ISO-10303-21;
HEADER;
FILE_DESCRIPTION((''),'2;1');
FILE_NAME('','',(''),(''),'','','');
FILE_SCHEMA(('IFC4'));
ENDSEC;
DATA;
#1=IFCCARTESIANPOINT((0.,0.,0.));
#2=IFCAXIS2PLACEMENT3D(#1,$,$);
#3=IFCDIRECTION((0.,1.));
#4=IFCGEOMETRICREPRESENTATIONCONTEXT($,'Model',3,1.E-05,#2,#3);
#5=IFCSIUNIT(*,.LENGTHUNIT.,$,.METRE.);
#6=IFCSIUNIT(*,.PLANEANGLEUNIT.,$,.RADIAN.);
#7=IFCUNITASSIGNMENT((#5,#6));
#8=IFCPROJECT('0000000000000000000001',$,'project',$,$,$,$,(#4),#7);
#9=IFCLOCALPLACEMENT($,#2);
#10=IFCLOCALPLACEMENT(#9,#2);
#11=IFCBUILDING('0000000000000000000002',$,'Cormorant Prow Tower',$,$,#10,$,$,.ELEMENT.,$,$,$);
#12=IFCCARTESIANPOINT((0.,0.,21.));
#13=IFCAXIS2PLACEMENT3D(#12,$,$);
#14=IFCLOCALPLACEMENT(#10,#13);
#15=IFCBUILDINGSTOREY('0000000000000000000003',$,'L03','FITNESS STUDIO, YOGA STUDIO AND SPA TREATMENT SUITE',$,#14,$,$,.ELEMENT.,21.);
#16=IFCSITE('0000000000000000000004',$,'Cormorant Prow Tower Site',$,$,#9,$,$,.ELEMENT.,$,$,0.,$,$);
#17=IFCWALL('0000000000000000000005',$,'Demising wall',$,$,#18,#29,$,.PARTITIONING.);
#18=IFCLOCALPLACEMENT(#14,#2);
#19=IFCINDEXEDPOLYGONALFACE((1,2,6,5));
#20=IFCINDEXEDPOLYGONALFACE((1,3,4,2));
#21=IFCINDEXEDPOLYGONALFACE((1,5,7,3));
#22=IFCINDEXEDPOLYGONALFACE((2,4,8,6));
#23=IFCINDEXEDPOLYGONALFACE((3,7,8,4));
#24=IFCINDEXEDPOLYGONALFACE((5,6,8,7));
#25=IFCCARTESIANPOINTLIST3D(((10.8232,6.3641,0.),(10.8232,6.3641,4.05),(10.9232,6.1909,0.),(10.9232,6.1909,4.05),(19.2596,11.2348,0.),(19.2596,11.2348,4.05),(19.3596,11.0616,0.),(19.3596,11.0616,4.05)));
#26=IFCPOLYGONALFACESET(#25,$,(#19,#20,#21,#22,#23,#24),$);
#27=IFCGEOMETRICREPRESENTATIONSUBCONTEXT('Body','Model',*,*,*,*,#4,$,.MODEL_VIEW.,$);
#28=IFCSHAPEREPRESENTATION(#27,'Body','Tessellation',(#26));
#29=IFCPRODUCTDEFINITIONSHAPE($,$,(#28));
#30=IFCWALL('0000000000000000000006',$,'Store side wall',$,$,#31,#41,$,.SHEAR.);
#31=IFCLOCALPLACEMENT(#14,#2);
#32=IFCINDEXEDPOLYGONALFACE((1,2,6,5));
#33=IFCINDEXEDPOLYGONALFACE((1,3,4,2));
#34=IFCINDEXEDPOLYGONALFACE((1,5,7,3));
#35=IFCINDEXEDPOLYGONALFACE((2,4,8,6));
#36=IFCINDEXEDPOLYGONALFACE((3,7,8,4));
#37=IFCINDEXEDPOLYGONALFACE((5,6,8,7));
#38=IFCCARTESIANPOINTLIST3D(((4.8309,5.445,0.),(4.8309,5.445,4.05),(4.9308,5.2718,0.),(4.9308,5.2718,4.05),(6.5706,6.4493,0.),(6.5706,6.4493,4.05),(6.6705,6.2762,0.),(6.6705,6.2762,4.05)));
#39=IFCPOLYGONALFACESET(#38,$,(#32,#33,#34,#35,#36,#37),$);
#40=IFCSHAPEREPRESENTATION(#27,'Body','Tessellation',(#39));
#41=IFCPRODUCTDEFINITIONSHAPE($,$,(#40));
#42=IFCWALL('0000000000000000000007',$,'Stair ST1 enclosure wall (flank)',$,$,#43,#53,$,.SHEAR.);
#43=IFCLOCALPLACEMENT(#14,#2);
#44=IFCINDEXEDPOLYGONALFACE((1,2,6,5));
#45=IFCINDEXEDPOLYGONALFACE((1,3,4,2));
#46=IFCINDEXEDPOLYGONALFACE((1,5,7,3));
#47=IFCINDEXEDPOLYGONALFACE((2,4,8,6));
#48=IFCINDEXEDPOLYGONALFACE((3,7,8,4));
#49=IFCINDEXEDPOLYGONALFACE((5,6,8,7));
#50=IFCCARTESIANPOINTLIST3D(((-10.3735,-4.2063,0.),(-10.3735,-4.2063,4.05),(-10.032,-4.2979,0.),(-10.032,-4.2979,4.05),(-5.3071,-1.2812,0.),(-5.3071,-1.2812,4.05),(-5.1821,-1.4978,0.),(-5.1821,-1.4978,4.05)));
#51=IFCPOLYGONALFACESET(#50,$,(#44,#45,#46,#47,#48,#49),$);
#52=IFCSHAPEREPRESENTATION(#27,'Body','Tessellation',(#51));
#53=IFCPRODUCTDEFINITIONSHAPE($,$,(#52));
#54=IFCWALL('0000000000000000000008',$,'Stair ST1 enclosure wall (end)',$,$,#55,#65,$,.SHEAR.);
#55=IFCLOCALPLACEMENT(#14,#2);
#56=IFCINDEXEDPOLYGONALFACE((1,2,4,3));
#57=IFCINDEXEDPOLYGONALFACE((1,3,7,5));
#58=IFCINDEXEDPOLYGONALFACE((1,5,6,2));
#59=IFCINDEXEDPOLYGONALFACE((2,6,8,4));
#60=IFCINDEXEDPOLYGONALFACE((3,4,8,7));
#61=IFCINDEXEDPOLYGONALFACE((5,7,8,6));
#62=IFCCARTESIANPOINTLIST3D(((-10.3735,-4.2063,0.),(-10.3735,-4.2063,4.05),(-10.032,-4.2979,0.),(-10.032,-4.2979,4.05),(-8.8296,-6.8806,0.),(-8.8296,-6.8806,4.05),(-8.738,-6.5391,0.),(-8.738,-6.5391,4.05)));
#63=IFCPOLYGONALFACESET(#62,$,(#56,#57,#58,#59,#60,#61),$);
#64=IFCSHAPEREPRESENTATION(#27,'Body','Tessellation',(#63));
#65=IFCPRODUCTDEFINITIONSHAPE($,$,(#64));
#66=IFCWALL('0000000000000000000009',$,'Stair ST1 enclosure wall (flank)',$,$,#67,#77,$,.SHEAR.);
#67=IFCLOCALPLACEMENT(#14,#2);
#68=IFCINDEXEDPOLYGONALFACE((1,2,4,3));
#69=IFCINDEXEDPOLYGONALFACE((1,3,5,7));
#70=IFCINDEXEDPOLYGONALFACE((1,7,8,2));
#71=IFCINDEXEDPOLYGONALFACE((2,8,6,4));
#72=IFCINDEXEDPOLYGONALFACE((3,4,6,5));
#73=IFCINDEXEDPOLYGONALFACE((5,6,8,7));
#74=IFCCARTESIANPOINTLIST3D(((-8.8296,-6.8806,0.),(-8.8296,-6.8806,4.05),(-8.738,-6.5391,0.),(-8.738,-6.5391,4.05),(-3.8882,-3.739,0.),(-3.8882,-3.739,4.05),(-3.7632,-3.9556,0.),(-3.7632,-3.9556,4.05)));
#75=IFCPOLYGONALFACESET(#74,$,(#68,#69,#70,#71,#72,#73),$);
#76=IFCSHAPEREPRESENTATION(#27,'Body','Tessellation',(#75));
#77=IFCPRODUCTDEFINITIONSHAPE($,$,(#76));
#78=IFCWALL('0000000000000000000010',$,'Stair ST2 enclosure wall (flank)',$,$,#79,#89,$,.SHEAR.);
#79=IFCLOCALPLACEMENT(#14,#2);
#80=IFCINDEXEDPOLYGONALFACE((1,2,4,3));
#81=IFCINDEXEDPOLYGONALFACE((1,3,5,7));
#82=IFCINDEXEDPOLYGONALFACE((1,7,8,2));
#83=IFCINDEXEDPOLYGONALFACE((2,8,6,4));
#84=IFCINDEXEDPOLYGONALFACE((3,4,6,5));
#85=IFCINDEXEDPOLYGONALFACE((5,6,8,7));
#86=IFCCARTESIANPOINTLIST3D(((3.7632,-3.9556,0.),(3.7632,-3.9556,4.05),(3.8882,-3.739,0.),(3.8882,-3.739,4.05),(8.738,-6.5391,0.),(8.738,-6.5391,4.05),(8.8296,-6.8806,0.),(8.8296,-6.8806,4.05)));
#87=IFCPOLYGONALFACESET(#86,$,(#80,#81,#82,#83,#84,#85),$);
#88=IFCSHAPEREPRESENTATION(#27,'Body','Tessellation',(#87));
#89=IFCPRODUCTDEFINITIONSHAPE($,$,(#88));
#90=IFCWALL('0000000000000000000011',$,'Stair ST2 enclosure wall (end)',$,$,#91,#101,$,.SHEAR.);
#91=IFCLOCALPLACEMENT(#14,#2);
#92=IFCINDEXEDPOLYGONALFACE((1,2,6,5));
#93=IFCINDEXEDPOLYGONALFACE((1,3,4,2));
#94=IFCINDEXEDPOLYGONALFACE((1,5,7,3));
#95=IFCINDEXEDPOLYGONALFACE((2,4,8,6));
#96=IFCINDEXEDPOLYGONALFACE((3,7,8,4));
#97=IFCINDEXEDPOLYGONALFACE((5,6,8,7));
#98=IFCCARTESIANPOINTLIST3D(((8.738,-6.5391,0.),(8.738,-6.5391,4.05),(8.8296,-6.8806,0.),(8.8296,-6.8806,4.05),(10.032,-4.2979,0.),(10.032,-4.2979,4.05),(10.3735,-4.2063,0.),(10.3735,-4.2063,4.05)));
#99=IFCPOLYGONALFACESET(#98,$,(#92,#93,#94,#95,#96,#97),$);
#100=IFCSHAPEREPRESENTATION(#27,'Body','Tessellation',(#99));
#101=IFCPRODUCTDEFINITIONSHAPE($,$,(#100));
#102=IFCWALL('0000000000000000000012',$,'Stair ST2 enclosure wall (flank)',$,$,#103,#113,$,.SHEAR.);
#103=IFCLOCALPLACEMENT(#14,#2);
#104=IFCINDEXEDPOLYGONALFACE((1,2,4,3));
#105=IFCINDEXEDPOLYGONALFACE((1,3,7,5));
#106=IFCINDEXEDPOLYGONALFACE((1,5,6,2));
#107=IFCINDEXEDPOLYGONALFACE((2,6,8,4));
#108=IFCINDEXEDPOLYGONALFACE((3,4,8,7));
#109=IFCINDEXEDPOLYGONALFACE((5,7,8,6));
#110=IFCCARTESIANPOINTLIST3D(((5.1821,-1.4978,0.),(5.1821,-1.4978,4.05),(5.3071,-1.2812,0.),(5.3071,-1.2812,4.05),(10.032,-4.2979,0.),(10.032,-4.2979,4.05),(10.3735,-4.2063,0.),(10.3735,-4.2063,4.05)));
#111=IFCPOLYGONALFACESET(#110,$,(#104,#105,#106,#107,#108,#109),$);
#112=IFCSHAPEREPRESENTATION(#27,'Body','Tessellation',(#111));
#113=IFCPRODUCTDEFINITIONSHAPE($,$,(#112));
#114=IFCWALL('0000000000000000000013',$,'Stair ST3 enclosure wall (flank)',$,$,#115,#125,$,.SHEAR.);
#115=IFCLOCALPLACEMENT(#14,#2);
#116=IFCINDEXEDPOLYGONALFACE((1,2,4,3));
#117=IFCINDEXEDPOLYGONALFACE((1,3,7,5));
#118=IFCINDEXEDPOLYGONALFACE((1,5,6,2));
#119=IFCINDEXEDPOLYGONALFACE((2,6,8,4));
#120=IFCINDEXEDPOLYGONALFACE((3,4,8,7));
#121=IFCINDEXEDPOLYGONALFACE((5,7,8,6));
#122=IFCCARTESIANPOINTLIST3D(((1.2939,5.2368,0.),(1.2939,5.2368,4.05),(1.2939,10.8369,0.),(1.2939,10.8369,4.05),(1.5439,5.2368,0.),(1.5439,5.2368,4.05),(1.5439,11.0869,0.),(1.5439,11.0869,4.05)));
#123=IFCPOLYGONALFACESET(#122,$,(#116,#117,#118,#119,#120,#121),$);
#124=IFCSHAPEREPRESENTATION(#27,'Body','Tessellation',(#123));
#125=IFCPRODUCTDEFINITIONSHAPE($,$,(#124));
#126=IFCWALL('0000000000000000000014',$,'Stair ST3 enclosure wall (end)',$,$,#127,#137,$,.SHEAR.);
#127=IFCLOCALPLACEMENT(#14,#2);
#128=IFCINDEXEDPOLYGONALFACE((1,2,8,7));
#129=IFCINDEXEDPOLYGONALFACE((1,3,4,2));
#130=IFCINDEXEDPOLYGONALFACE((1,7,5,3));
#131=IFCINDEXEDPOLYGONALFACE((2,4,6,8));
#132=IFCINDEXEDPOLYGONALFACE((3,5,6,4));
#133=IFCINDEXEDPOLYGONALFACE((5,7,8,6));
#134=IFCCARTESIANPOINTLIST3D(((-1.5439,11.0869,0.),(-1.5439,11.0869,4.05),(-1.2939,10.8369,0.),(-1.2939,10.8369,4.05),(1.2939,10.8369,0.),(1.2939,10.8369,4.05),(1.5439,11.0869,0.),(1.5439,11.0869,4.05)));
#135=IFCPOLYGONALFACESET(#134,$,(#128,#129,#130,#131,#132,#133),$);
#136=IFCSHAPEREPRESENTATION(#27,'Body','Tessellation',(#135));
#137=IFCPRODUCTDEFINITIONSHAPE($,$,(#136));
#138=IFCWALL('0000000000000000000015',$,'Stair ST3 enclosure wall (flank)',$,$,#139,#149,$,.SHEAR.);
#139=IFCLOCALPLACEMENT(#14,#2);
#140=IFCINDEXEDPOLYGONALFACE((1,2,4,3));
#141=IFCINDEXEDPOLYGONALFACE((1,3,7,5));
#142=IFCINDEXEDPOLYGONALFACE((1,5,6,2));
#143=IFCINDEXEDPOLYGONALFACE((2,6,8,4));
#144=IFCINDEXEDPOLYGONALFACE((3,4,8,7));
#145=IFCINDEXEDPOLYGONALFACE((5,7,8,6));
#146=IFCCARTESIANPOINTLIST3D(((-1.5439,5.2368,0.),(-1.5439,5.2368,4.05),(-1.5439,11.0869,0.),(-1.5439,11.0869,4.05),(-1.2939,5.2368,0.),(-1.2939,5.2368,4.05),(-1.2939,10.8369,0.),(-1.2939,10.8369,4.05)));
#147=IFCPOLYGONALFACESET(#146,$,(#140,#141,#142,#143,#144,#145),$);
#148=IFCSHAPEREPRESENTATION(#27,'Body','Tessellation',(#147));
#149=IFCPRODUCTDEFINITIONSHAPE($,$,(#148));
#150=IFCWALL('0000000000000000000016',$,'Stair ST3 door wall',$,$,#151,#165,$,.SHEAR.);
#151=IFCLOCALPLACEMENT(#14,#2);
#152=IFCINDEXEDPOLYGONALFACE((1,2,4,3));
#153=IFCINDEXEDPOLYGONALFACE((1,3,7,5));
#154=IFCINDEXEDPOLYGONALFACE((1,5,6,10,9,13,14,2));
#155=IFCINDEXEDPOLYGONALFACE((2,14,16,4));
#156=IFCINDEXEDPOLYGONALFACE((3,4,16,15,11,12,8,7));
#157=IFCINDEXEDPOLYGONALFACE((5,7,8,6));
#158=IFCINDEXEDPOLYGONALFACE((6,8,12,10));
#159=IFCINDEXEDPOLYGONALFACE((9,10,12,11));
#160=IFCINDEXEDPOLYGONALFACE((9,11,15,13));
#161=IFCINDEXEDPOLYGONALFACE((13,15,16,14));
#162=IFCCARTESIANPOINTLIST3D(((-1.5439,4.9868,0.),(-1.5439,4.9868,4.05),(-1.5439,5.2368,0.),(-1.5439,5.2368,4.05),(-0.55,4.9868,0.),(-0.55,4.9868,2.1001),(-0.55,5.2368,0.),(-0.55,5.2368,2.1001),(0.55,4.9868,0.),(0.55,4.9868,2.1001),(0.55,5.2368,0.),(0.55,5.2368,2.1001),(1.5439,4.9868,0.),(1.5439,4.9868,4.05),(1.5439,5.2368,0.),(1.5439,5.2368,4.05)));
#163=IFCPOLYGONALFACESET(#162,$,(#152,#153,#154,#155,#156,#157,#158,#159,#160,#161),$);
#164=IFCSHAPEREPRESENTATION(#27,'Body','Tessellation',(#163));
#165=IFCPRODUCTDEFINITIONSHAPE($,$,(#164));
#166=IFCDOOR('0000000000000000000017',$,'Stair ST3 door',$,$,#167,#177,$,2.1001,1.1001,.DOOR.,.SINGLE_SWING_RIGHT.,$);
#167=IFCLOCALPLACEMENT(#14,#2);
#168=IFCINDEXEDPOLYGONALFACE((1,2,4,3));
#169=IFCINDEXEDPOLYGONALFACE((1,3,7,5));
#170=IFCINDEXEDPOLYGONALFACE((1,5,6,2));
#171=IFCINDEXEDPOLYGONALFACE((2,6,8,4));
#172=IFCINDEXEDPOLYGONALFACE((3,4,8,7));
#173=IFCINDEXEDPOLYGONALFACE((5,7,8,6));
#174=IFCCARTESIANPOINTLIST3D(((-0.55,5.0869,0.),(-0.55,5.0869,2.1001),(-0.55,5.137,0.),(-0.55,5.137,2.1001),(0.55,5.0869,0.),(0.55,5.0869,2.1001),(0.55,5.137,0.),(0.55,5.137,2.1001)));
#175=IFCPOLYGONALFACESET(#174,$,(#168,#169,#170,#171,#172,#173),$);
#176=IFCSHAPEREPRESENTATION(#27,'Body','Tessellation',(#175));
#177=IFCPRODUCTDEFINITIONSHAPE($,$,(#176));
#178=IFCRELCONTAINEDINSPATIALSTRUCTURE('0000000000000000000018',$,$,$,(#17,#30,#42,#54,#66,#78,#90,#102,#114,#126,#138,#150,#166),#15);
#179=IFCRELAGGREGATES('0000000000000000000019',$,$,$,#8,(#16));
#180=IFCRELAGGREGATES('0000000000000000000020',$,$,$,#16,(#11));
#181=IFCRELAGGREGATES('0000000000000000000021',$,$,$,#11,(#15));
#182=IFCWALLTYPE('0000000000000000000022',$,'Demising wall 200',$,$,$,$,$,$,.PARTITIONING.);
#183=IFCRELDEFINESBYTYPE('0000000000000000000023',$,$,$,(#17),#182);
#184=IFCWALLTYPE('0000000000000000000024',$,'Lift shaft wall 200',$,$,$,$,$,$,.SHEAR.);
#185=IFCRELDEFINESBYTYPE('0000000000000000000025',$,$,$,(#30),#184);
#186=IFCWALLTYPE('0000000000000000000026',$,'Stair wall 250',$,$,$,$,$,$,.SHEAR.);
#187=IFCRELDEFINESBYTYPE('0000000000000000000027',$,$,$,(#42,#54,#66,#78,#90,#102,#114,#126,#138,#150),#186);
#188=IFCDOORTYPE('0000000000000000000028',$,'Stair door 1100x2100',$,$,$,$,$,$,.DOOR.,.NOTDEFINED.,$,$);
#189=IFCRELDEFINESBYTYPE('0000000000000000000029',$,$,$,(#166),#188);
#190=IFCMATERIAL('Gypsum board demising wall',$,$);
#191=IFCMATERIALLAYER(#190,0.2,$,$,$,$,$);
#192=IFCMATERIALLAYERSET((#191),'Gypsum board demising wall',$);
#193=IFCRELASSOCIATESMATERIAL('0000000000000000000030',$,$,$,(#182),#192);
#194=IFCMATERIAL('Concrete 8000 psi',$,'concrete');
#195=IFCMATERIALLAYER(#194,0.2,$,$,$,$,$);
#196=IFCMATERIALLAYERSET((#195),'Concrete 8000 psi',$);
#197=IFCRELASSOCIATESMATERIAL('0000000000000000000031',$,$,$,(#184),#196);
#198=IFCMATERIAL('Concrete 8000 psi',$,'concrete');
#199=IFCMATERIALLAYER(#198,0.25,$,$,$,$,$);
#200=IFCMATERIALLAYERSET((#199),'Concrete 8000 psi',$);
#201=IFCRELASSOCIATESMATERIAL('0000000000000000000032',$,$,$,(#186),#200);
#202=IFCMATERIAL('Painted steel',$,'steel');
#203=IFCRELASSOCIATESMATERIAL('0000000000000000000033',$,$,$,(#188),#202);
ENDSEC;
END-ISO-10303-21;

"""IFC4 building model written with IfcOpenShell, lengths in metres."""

from ifc_helpers import new_model, si_unit, direction, frame, frame_2d, origin, place, context, subcontext, project, spatial, polyline, rectangle, outline, extrude, material, layer, layer_set, type_object, element, fill, save


model = new_model("IFC4")

# Units and contexts
model_context = context("Model", 3, precision=1e-05, world=origin(), true_north=direction((0.0, 1.0)))
body_context = subcontext(model_context, "Body", "Model", "MODEL_VIEW")
ifc_project = project(units=[si_unit("LENGTHUNIT", "METRE"), si_unit("PLANEANGLEUNIT", "RADIAN")], contexts=[model_context])

# Site, building, storey
site_placement = place(None, origin())
site = spatial("IfcSite", under=ifc_project, at=site_placement, Name="Cormorant Prow Tower Site", CompositionType="ELEMENT", RefElevation=0.0)
building_placement = place(site_placement, origin())
building = spatial("IfcBuilding", under=site, at=building_placement, Name="Cormorant Prow Tower", CompositionType="ELEMENT")
storey_placement = place(building_placement, frame((0.0, 0.0, 21.0)))
storey = spatial("IfcBuildingStorey", under=building, at=storey_placement, Name="L03", Description="FITNESS STUDIO, YOGA STUDIO AND SPA TREATMENT SUITE", CompositionType="ELEMENT", Elevation=21.0)

# Walls
ifc_material_1 = material(Name="Gypsum board demising wall")
ifc_layer_1 = layer(ifc_material_1, 0.2)
ifc_layer_set_1 = layer_set([ifc_layer_1], Name="Gypsum board demising wall")
wall_type_1 = type_object("IfcWallType", Name="Demising wall 200", PredefinedType="PARTITIONING", material=ifc_layer_set_1)
wall_1_placement = place(storey_placement, frame((10.8733, 6.2776, 0.0), z_axis=(0.0, 0.0, 1.0), x_axis=(0.866029, 0.499994, 0.0)))
element("IfcWall", 1, at=wall_1_placement, inside=storey, type_object=wall_type_1, Name="Demising wall", PredefinedType="PARTITIONING", context=body_context, shape_type="SweptSolid", body=[
    extrude(rectangle(XDim=9.7415, YDim=0.2, at=frame_2d((4.8706, 0.0))), origin(), (0.0, 0.0, 1.0), 4.05),
])
ifc_material_2 = material(Name="Concrete 8000 psi", Category="concrete")
ifc_layer_2 = layer(ifc_material_2, 0.2)
ifc_layer_set_2 = layer_set([ifc_layer_2], Name="Concrete 8000 psi")
wall_type_2 = type_object("IfcWallType", Name="Lift shaft wall 200", PredefinedType="SHEAR", material=ifc_layer_set_2)
wall_2_placement = place(storey_placement, frame((4.8809, 5.3584, 0.0), z_axis=(0.0, 0.0, 1.0), x_axis=(0.866036, 0.499982, 0.0)))
element("IfcWall", 2, at=wall_2_placement, inside=storey, type_object=wall_type_2, Name="Store side wall", PredefinedType="SHEAR", context=body_context, shape_type="SweptSolid", body=[
    extrude(rectangle(XDim=2.0088, YDim=0.2, at=frame_2d((1.0044, 0.0))), origin(), (0.0, 0.0, 1.0), 4.05),
])
ifc_material_3 = material(Name="Concrete 8000 psi", Category="concrete")
ifc_layer_3 = layer(ifc_material_3, 0.25)
ifc_layer_set_3 = layer_set([ifc_layer_3], Name="Concrete 8000 psi")
wall_type_3 = type_object("IfcWallType", Name="Stair wall 250", PredefinedType="SHEAR", material=ifc_layer_set_3)
wall_3_placement = place(storey_placement, origin())
element("IfcWall", 3, at=wall_3_placement, inside=storey, type_object=wall_type_3, Name="Stair ST1 enclosure wall (flank)", PredefinedType="SHEAR", context=body_context, shape_type="SweptSolid", body=[
    extrude(outline(polyline([(-5.3071, -1.2812), (-10.3735, -4.2063), (-10.032, -4.2979), (-5.1821, -1.4978), (-5.3071, -1.2812)])), origin(), (0.0, 0.0, 1.0), 4.05),
])
wall_4_placement = place(storey_placement, origin())
element("IfcWall", 4, at=wall_4_placement, inside=storey, type_object=wall_type_3, Name="Stair ST1 enclosure wall (end)", PredefinedType="SHEAR", context=body_context, shape_type="SweptSolid", body=[
    extrude(outline(polyline([(-10.3735, -4.2063), (-8.8296, -6.8806), (-8.738, -6.5391), (-10.032, -4.2979), (-10.3735, -4.2063)])), origin(), (0.0, 0.0, 1.0), 4.05),
])
wall_5_placement = place(storey_placement, origin())
element("IfcWall", 5, at=wall_5_placement, inside=storey, type_object=wall_type_3, Name="Stair ST1 enclosure wall (flank)", PredefinedType="SHEAR", context=body_context, shape_type="SweptSolid", body=[
    extrude(outline(polyline([(-8.738, -6.5391), (-8.8296, -6.8806), (-3.7632, -3.9556), (-3.8882, -3.739), (-8.738, -6.5391)])), origin(), (0.0, 0.0, 1.0), 4.05),
])
wall_6_placement = place(storey_placement, origin())
element("IfcWall", 6, at=wall_6_placement, inside=storey, type_object=wall_type_3, Name="Stair ST2 enclosure wall (flank)", PredefinedType="SHEAR", context=body_context, shape_type="SweptSolid", body=[
    extrude(outline(polyline([(3.7632, -3.9556), (8.8296, -6.8806), (8.738, -6.5391), (3.8882, -3.739), (3.7632, -3.9556)])), origin(), (0.0, 0.0, 1.0), 4.05),
])
wall_7_placement = place(storey_placement, origin())
element("IfcWall", 7, at=wall_7_placement, inside=storey, type_object=wall_type_3, Name="Stair ST2 enclosure wall (end)", PredefinedType="SHEAR", context=body_context, shape_type="SweptSolid", body=[
    extrude(outline(polyline([(8.8296, -6.8806), (10.3735, -4.2063), (10.032, -4.2979), (8.738, -6.5391), (8.8296, -6.8806)])), origin(), (0.0, 0.0, 1.0), 4.05),
])
wall_8_placement = place(storey_placement, origin())
element("IfcWall", 8, at=wall_8_placement, inside=storey, type_object=wall_type_3, Name="Stair ST2 enclosure wall (flank)", PredefinedType="SHEAR", context=body_context, shape_type="SweptSolid", body=[
    extrude(outline(polyline([(10.032, -4.2979), (10.3735, -4.2063), (5.3071, -1.2812), (5.1821, -1.4978), (10.032, -4.2979)])), origin(), (0.0, 0.0, 1.0), 4.05),
])
wall_9_placement = place(storey_placement, origin())
element("IfcWall", 9, at=wall_9_placement, inside=storey, type_object=wall_type_3, Name="Stair ST3 enclosure wall (flank)", PredefinedType="SHEAR", context=body_context, shape_type="SweptSolid", body=[
    extrude(outline(polyline([(1.5439, 5.2368), (1.5439, 11.0869), (1.2939, 10.8369), (1.2939, 5.2368), (1.5439, 5.2368)])), origin(), (0.0, 0.0, 1.0), 4.05),
])
wall_10_placement = place(storey_placement, origin())
element("IfcWall", 10, at=wall_10_placement, inside=storey, type_object=wall_type_3, Name="Stair ST3 enclosure wall (end)", PredefinedType="SHEAR", context=body_context, shape_type="SweptSolid", body=[
    extrude(outline(polyline([(1.5439, 11.0869), (-1.5439, 11.0869), (-1.2939, 10.8369), (1.2939, 10.8369), (1.5439, 11.0869)])), origin(), (0.0, 0.0, 1.0), 4.05),
])
wall_11_placement = place(storey_placement, origin())
element("IfcWall", 11, at=wall_11_placement, inside=storey, type_object=wall_type_3, Name="Stair ST3 enclosure wall (flank)", PredefinedType="SHEAR", context=body_context, shape_type="SweptSolid", body=[
    extrude(outline(polyline([(-1.2939, 10.8369), (-1.5439, 11.0869), (-1.5439, 5.2368), (-1.2939, 5.2368), (-1.2939, 10.8369)])), origin(), (0.0, 0.0, 1.0), 4.05),
])

# Wall, opening, door
wall_12_placement = place(storey_placement, frame((1.5439, 5.1118, 0.0), z_axis=(0.0, 0.0, 1.0), x_axis=(-1.0, 0.0, 0.0)))
wall_12 = element("IfcWall", 12, at=wall_12_placement, inside=storey, type_object=wall_type_3, Name="Stair ST3 door wall", PredefinedType="SHEAR", context=body_context, shape_type="SweptSolid", body=[
    extrude(rectangle(XDim=3.0879, YDim=0.25, at=frame_2d((1.5439, 0.0))), origin(), (0.0, 0.0, 1.0), 4.05),
])
opening_1_placement = place(wall_12_placement, frame((0.9939, 0.0, 0.0)))
opening_1 = element("IfcOpeningElement", 13, at=opening_1_placement, cuts=wall_12, PredefinedType="OPENING", context=body_context, shape_type="SweptSolid", body=[
    extrude(rectangle(XDim=1.1001, YDim=2.1001, at=frame_2d((0.55, 1.05))), frame((0.0, 0.135, 0.0), z_axis=(0.0, -1.0, 0.0), x_axis=(1.0, 0.0, 0.0)), (0.0, 0.0, 1.0), 0.27),
])
ifc_material_4 = material(Name="Painted steel", Category="steel")
door_type_1 = type_object("IfcDoorType", Name="Stair door 1100x2100", OperationType="NOTDEFINED", PredefinedType="DOOR", material=ifc_material_4)
door_1_placement = place(opening_1_placement, origin())
door_1 = element("IfcDoor", 14, at=door_1_placement, inside=storey, type_object=door_type_1, Name="Stair ST3 door", OperationType="SINGLE_SWING_RIGHT", OverallHeight=2.1001, OverallWidth=1.1001, PredefinedType="DOOR", context=body_context, shape_type="SweptSolid", body=[
    extrude(rectangle(XDim=1.1001, YDim=2.1001, at=frame_2d((0.55, 1.05))), frame((0.0, 0.0249, 0.0), z_axis=(0.0, -1.0, 0.0), x_axis=(1.0, 0.0, 0.0)), (0.0, 0.0, 1.0), 0.05),
])
fill(opening_1, door_1)

save(model, "model.ifc")
